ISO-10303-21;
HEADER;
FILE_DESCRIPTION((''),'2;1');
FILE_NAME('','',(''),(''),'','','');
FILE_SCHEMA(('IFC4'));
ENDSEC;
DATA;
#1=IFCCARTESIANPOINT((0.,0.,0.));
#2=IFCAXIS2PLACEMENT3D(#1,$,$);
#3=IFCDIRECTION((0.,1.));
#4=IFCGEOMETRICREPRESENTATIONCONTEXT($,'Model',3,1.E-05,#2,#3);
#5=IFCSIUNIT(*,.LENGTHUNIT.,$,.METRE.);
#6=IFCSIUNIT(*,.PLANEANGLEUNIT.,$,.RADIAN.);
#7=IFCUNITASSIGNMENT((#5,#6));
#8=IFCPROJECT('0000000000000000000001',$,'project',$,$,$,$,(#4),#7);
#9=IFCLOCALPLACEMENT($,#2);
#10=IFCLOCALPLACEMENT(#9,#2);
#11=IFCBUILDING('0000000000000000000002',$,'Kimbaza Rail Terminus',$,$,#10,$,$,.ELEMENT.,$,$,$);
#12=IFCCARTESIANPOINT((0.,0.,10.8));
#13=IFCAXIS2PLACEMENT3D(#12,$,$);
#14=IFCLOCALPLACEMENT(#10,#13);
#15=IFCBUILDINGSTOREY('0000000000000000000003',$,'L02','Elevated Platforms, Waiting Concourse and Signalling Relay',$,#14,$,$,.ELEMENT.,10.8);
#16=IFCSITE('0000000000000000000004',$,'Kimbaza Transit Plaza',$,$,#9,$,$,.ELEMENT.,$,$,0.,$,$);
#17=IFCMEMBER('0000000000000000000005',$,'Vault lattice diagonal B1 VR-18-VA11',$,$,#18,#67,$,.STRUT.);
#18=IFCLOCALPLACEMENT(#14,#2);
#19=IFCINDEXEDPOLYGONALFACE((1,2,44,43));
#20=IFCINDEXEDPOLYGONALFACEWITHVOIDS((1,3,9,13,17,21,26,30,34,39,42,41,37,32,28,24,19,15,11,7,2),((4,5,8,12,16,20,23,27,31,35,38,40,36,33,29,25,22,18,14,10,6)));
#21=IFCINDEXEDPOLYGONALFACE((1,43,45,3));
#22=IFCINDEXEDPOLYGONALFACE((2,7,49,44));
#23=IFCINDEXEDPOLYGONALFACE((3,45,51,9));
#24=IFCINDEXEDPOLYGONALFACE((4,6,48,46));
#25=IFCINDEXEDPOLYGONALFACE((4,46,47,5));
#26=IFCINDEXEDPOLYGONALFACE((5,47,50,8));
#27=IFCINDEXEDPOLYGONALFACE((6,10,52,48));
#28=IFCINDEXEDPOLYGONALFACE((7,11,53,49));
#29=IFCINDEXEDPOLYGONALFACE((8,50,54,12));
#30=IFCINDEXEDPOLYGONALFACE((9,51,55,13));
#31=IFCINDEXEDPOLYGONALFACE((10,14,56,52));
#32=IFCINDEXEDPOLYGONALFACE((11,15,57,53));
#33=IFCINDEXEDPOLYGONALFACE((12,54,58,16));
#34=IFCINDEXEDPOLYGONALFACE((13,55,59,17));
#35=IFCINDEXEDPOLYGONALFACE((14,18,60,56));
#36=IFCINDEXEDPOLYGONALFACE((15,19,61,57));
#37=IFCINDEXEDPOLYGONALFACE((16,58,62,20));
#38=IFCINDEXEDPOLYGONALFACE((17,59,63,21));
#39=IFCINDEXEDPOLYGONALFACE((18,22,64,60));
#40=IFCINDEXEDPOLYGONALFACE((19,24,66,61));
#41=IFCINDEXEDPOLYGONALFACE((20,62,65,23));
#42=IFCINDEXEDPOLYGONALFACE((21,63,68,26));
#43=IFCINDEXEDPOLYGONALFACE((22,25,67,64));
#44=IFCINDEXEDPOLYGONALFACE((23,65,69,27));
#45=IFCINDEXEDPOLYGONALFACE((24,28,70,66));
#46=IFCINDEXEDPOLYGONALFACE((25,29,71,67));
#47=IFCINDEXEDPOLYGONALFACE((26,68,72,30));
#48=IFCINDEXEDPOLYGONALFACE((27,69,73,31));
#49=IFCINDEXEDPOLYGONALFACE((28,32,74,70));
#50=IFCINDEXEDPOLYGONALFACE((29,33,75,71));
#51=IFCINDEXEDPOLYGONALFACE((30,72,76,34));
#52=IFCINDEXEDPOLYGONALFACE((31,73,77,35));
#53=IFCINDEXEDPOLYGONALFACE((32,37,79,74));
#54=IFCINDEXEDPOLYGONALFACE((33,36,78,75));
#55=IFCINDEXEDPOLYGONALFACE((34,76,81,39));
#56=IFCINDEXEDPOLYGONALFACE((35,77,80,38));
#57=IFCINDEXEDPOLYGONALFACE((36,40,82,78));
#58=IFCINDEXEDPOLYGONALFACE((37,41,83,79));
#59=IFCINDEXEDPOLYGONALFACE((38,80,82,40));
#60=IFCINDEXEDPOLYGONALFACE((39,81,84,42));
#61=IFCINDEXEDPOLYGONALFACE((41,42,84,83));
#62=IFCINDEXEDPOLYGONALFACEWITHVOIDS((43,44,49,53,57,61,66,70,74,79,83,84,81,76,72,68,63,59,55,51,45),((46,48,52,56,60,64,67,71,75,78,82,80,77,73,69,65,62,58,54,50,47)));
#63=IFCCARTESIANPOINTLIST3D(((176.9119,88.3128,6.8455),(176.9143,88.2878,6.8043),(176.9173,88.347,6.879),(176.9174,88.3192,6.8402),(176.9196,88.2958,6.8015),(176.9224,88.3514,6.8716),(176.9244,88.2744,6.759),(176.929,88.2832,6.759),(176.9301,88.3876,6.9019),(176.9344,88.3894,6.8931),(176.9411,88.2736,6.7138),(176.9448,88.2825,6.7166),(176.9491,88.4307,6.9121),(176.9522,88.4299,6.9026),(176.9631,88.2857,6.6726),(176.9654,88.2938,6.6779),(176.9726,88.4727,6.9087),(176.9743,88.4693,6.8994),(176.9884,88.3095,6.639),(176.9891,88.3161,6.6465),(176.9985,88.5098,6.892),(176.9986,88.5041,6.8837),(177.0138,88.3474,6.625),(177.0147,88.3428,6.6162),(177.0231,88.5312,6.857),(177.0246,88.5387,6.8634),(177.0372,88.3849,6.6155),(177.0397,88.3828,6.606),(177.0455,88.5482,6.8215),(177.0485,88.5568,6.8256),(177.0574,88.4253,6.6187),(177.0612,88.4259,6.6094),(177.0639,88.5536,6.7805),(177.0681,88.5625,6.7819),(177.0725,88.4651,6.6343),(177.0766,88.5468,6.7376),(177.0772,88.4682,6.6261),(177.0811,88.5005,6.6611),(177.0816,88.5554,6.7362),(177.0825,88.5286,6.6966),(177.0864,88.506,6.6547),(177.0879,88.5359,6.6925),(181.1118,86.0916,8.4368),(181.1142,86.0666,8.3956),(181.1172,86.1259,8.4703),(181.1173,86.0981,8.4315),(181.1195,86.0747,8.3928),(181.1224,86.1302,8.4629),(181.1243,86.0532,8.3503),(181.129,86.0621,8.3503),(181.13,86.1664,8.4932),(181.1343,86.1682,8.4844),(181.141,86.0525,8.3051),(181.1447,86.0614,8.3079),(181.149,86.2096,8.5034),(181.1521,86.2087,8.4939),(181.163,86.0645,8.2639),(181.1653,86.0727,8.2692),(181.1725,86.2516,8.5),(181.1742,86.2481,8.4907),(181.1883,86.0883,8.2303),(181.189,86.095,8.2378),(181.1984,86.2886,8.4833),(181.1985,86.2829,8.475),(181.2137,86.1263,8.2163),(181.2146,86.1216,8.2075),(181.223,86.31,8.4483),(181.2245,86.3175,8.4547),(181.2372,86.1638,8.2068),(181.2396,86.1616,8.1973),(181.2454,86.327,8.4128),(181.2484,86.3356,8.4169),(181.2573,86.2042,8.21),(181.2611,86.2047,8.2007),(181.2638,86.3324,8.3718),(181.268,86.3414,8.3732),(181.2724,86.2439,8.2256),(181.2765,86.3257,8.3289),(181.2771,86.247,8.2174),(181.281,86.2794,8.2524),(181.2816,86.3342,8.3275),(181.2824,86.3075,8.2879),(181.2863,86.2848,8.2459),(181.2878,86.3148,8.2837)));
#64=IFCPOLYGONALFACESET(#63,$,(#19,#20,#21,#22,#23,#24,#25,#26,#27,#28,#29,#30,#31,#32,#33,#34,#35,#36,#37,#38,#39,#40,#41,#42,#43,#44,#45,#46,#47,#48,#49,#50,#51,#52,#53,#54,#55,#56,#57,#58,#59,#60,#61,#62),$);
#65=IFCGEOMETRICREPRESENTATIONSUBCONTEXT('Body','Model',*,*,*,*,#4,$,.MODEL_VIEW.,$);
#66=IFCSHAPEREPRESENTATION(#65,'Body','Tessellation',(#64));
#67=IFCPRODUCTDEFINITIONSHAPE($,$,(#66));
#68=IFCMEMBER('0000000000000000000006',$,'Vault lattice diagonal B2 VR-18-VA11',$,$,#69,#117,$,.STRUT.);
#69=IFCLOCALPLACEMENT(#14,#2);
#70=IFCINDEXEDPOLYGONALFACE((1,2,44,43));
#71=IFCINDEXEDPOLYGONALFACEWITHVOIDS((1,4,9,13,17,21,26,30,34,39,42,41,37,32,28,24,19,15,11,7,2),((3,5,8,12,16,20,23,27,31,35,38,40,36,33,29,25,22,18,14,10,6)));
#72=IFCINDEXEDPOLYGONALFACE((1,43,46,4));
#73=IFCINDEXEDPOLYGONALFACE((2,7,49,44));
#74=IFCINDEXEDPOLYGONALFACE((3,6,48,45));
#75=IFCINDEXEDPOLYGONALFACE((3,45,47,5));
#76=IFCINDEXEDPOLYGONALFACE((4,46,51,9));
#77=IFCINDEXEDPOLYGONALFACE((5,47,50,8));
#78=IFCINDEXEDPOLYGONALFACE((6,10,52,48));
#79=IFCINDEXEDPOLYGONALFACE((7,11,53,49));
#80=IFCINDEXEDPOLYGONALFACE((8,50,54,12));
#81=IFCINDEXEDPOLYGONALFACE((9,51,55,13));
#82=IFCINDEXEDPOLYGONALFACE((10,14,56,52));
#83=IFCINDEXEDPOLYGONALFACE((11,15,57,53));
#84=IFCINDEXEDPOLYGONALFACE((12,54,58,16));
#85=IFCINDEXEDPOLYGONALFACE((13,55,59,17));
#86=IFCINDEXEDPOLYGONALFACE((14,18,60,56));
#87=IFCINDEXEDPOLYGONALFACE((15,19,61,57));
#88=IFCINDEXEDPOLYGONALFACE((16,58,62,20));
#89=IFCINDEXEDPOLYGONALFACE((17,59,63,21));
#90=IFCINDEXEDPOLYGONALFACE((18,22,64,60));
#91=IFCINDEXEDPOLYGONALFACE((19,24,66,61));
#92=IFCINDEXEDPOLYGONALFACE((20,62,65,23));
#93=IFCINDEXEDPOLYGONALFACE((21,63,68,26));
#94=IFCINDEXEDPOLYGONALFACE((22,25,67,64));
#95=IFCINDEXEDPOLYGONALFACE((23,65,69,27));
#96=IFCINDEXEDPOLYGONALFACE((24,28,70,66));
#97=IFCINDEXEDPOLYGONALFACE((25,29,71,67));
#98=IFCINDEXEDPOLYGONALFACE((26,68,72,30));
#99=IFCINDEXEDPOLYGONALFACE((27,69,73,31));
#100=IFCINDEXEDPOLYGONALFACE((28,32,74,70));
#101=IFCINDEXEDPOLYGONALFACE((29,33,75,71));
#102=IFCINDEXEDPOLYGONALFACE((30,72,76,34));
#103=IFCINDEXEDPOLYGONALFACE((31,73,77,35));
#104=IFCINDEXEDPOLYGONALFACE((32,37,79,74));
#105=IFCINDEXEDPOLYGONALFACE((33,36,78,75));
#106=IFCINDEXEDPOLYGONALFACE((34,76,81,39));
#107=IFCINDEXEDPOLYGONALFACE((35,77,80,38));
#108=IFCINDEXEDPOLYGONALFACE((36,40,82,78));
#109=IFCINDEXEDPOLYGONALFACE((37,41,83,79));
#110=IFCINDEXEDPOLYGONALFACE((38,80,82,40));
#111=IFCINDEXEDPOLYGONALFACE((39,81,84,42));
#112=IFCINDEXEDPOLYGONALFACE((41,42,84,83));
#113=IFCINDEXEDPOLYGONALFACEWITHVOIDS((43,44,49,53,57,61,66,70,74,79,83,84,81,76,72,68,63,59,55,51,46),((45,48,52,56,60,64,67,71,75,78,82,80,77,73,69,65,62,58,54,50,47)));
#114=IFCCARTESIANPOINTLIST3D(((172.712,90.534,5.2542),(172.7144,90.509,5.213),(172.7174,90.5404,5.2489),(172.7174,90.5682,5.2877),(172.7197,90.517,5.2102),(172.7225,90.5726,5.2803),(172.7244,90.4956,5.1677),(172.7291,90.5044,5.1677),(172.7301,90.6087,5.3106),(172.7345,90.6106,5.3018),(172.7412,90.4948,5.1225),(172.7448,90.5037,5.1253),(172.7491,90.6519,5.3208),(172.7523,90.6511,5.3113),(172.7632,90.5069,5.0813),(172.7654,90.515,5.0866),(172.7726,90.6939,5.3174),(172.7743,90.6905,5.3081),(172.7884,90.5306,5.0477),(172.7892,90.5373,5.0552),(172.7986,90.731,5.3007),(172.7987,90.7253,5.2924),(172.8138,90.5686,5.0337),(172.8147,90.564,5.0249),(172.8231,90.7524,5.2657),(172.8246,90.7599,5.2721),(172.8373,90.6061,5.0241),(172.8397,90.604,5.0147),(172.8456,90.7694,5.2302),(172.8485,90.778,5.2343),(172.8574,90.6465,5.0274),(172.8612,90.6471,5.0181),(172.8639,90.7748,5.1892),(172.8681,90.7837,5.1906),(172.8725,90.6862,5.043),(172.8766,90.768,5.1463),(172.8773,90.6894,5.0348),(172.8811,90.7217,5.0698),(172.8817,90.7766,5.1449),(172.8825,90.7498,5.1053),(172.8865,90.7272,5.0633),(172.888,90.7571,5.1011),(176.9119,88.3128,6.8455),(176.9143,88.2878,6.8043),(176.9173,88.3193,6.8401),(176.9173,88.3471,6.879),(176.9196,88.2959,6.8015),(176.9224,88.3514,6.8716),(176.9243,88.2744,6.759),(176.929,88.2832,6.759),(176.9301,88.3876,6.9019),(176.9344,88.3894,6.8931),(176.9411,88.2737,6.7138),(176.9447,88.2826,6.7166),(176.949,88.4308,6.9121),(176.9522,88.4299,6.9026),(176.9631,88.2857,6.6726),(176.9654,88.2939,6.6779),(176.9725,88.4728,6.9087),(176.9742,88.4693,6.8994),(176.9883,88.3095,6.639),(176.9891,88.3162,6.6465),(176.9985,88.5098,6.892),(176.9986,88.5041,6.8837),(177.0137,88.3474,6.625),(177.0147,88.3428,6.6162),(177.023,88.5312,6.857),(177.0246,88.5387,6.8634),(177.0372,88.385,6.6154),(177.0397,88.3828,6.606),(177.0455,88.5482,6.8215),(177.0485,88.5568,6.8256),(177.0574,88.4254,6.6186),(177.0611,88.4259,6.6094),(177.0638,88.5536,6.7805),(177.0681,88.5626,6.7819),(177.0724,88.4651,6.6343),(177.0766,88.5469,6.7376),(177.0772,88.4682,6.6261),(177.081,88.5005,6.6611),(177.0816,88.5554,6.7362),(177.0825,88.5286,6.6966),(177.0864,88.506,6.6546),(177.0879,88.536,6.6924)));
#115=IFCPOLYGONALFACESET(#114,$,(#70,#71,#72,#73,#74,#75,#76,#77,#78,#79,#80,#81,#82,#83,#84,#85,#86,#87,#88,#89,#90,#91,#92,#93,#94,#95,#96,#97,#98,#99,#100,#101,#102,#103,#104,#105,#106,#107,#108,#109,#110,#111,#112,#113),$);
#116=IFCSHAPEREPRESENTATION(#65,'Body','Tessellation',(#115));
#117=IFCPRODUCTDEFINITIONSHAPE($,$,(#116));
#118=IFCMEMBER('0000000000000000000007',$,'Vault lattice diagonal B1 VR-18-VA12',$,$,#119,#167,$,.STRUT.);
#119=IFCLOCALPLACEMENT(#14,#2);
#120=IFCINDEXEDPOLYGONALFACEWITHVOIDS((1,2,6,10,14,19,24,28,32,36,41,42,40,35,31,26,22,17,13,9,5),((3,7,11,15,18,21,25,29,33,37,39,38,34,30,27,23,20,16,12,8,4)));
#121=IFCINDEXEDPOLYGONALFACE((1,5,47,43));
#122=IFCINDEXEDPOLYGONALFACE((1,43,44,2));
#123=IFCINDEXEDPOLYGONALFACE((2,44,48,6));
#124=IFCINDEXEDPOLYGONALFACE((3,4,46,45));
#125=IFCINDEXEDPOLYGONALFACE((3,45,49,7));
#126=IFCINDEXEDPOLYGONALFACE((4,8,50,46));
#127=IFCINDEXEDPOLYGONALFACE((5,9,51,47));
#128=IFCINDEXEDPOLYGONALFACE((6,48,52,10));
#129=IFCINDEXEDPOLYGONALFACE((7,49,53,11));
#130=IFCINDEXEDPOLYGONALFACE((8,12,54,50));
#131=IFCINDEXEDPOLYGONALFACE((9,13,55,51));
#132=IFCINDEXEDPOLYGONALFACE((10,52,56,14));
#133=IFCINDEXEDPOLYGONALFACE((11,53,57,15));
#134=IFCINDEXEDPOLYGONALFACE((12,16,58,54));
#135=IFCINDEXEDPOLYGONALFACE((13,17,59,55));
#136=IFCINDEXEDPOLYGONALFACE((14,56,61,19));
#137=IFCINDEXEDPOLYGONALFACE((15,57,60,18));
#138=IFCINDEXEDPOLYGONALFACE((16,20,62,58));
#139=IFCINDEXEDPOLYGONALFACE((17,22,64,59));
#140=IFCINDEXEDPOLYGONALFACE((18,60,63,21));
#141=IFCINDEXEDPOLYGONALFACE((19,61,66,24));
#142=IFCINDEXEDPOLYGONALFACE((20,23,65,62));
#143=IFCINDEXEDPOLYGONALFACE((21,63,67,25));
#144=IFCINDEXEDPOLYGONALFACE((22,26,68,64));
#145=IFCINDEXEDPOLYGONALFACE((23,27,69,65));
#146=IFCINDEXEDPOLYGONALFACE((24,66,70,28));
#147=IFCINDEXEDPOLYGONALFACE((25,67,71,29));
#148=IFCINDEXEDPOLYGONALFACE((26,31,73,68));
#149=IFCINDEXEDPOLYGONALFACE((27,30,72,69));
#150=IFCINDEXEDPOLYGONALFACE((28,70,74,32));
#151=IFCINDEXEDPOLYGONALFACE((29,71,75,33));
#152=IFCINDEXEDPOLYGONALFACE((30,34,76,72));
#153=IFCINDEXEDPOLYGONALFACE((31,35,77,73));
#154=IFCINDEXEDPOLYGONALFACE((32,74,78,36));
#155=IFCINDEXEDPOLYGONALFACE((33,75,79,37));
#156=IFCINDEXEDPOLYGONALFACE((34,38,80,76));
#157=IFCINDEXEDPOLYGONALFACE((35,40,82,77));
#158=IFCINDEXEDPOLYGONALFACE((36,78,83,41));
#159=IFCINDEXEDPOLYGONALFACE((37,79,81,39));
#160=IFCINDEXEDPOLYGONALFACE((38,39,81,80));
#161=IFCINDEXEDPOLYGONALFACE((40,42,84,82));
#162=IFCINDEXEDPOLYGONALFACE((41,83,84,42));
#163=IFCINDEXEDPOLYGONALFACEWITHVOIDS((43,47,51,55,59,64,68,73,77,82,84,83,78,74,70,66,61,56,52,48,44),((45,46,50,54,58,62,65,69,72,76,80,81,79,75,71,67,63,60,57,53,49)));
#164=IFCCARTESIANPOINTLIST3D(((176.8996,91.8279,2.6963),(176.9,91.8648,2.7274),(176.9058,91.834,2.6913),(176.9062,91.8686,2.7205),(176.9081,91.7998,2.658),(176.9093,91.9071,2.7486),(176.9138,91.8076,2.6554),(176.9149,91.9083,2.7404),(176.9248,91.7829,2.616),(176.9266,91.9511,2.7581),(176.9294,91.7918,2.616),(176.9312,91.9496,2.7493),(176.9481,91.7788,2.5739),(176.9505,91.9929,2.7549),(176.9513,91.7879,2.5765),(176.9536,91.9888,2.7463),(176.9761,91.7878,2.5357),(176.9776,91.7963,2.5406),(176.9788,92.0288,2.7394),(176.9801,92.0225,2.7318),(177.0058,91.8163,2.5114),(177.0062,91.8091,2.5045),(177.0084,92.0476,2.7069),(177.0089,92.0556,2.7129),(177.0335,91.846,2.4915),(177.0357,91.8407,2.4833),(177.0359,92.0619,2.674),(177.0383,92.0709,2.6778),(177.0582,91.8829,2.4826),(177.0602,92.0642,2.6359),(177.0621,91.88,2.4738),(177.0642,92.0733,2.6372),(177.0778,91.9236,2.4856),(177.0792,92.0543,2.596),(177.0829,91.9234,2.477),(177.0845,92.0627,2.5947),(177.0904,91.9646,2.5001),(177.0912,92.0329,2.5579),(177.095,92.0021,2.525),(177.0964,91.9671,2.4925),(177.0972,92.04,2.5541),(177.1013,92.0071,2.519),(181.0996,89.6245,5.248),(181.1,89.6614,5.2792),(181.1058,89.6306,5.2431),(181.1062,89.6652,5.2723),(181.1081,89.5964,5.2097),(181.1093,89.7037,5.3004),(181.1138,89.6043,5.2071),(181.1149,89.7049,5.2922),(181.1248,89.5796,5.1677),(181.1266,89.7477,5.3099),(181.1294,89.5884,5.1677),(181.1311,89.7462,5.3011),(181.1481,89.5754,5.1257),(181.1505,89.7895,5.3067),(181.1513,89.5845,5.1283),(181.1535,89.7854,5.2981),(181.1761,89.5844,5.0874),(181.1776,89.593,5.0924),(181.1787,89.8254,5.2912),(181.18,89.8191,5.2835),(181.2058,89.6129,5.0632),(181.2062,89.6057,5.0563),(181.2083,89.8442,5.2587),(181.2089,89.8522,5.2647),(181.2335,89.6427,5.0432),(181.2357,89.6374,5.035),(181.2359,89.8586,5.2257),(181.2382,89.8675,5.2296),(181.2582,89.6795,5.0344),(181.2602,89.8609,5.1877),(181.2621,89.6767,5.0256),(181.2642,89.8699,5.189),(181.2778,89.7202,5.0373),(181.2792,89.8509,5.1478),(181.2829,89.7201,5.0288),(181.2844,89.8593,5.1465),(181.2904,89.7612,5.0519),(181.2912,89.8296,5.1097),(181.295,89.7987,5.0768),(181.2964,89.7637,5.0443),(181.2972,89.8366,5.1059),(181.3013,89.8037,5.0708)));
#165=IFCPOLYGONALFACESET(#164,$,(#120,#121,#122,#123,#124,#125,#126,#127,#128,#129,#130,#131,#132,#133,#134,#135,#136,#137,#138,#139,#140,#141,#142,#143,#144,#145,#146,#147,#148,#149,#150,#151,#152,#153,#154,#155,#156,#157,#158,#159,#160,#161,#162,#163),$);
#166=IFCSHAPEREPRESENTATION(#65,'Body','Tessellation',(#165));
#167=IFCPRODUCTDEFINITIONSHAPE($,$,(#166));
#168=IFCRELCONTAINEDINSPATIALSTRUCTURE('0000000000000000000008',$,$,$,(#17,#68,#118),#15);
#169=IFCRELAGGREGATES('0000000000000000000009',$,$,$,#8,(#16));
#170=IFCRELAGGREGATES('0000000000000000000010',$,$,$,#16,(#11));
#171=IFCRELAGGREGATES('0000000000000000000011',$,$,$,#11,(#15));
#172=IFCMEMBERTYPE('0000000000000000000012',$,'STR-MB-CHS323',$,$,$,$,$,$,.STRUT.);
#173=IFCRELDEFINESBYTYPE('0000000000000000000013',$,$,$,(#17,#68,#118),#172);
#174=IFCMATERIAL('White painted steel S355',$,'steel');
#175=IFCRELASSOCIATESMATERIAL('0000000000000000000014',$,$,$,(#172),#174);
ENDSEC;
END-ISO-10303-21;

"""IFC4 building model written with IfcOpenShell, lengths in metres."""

from ifc_helpers import new_model, si_unit, direction, frame, origin, origin_2d, place, context, subcontext, project, spatial, hollow_circle, extrude, material, material_profile, profile_set, type_object, element, save


model = new_model("IFC4")

# Units and contexts
model_context = context("Model", 3, precision=1e-05, world=origin(), true_north=direction((0.0, 1.0)))
body_context = subcontext(model_context, "Body", "Model", "MODEL_VIEW")
ifc_project = project(units=[si_unit("LENGTHUNIT", "METRE"), si_unit("PLANEANGLEUNIT", "RADIAN")], contexts=[model_context])

# Site, building, storey
site_placement = place(None, origin())
site = spatial("IfcSite", under=ifc_project, at=site_placement, Name="Kimbaza Transit Plaza", CompositionType="ELEMENT", RefElevation=0.0)
building_placement = place(site_placement, origin())
building = spatial("IfcBuilding", under=site, at=building_placement, Name="Kimbaza Rail Terminus", CompositionType="ELEMENT")
storey_placement = place(building_placement, frame((0.0, 0.0, 10.8)))
storey = spatial("IfcBuildingStorey", under=building, at=storey_placement, Name="L02", Description="Elevated Platforms, Waiting Concourse and Signalling Relay", CompositionType="ELEMENT", Elevation=10.8)

# Members
ifc_material_1 = material(Name="White painted steel S355", Category="steel")
ifc_material_profile_1 = material_profile(ifc_material_1, hollow_circle(Radius=0.1619, WallThickness=0.01, at=origin_2d()), Name="CHS 323.9x10")
ifc_profile_set_1 = profile_set([ifc_material_profile_1], Name="White painted steel S355")
member_type_1 = type_object("IfcMemberType", Name="STR-MB-CHS323", PredefinedType="STRUT", material=ifc_profile_set_1)
for number, where, z_axis, x_axis, name in (
    (1, (181.2, 86.1963, 8.3503), (-0.838223, 0.443304, -0.317592), (-0.467508, -0.883989, 0.0), "Vault lattice diagonal B1 VR-18-VA11"),
    (2, (177.0, 88.4175, 6.759), (-0.838223, 0.443304, -0.317592), (-0.467508, -0.883989, 0.0), "Vault lattice diagonal B2 VR-18-VA11"),
):
    element("IfcMember", number, at=place(storey_placement, frame(where, z_axis=z_axis, x_axis=x_axis)), inside=storey, type_object=member_type_1, Name=name, PredefinedType="STRUT", context=body_context, shape_type="SweptSolid", body=[
        extrude(hollow_circle(Radius=0.1619, WallThickness=0.01, at=origin_2d()), origin(), (0.0, 0.0, 1.0), 5.0105),
    ])
for number, where, z_axis, x_axis, name in (
    (3, (181.2, 89.7229, 5.1677), (-0.779832, 0.409114, -0.473801), (-0.464569, -0.885537, 0.0), "Vault lattice diagonal B1 VR-18-VA12"),
):
    element("IfcMember", number, at=place(storey_placement, frame(where, z_axis=z_axis, x_axis=x_axis)), inside=storey, type_object=member_type_1, Name=name, PredefinedType="STRUT", context=body_context, shape_type="SweptSolid", body=[
        extrude(hollow_circle(Radius=0.1619, WallThickness=0.01, at=origin_2d()), origin(), (0.0, 0.0, 1.0), 5.3857),
    ])

save(model, "model.ifc")
